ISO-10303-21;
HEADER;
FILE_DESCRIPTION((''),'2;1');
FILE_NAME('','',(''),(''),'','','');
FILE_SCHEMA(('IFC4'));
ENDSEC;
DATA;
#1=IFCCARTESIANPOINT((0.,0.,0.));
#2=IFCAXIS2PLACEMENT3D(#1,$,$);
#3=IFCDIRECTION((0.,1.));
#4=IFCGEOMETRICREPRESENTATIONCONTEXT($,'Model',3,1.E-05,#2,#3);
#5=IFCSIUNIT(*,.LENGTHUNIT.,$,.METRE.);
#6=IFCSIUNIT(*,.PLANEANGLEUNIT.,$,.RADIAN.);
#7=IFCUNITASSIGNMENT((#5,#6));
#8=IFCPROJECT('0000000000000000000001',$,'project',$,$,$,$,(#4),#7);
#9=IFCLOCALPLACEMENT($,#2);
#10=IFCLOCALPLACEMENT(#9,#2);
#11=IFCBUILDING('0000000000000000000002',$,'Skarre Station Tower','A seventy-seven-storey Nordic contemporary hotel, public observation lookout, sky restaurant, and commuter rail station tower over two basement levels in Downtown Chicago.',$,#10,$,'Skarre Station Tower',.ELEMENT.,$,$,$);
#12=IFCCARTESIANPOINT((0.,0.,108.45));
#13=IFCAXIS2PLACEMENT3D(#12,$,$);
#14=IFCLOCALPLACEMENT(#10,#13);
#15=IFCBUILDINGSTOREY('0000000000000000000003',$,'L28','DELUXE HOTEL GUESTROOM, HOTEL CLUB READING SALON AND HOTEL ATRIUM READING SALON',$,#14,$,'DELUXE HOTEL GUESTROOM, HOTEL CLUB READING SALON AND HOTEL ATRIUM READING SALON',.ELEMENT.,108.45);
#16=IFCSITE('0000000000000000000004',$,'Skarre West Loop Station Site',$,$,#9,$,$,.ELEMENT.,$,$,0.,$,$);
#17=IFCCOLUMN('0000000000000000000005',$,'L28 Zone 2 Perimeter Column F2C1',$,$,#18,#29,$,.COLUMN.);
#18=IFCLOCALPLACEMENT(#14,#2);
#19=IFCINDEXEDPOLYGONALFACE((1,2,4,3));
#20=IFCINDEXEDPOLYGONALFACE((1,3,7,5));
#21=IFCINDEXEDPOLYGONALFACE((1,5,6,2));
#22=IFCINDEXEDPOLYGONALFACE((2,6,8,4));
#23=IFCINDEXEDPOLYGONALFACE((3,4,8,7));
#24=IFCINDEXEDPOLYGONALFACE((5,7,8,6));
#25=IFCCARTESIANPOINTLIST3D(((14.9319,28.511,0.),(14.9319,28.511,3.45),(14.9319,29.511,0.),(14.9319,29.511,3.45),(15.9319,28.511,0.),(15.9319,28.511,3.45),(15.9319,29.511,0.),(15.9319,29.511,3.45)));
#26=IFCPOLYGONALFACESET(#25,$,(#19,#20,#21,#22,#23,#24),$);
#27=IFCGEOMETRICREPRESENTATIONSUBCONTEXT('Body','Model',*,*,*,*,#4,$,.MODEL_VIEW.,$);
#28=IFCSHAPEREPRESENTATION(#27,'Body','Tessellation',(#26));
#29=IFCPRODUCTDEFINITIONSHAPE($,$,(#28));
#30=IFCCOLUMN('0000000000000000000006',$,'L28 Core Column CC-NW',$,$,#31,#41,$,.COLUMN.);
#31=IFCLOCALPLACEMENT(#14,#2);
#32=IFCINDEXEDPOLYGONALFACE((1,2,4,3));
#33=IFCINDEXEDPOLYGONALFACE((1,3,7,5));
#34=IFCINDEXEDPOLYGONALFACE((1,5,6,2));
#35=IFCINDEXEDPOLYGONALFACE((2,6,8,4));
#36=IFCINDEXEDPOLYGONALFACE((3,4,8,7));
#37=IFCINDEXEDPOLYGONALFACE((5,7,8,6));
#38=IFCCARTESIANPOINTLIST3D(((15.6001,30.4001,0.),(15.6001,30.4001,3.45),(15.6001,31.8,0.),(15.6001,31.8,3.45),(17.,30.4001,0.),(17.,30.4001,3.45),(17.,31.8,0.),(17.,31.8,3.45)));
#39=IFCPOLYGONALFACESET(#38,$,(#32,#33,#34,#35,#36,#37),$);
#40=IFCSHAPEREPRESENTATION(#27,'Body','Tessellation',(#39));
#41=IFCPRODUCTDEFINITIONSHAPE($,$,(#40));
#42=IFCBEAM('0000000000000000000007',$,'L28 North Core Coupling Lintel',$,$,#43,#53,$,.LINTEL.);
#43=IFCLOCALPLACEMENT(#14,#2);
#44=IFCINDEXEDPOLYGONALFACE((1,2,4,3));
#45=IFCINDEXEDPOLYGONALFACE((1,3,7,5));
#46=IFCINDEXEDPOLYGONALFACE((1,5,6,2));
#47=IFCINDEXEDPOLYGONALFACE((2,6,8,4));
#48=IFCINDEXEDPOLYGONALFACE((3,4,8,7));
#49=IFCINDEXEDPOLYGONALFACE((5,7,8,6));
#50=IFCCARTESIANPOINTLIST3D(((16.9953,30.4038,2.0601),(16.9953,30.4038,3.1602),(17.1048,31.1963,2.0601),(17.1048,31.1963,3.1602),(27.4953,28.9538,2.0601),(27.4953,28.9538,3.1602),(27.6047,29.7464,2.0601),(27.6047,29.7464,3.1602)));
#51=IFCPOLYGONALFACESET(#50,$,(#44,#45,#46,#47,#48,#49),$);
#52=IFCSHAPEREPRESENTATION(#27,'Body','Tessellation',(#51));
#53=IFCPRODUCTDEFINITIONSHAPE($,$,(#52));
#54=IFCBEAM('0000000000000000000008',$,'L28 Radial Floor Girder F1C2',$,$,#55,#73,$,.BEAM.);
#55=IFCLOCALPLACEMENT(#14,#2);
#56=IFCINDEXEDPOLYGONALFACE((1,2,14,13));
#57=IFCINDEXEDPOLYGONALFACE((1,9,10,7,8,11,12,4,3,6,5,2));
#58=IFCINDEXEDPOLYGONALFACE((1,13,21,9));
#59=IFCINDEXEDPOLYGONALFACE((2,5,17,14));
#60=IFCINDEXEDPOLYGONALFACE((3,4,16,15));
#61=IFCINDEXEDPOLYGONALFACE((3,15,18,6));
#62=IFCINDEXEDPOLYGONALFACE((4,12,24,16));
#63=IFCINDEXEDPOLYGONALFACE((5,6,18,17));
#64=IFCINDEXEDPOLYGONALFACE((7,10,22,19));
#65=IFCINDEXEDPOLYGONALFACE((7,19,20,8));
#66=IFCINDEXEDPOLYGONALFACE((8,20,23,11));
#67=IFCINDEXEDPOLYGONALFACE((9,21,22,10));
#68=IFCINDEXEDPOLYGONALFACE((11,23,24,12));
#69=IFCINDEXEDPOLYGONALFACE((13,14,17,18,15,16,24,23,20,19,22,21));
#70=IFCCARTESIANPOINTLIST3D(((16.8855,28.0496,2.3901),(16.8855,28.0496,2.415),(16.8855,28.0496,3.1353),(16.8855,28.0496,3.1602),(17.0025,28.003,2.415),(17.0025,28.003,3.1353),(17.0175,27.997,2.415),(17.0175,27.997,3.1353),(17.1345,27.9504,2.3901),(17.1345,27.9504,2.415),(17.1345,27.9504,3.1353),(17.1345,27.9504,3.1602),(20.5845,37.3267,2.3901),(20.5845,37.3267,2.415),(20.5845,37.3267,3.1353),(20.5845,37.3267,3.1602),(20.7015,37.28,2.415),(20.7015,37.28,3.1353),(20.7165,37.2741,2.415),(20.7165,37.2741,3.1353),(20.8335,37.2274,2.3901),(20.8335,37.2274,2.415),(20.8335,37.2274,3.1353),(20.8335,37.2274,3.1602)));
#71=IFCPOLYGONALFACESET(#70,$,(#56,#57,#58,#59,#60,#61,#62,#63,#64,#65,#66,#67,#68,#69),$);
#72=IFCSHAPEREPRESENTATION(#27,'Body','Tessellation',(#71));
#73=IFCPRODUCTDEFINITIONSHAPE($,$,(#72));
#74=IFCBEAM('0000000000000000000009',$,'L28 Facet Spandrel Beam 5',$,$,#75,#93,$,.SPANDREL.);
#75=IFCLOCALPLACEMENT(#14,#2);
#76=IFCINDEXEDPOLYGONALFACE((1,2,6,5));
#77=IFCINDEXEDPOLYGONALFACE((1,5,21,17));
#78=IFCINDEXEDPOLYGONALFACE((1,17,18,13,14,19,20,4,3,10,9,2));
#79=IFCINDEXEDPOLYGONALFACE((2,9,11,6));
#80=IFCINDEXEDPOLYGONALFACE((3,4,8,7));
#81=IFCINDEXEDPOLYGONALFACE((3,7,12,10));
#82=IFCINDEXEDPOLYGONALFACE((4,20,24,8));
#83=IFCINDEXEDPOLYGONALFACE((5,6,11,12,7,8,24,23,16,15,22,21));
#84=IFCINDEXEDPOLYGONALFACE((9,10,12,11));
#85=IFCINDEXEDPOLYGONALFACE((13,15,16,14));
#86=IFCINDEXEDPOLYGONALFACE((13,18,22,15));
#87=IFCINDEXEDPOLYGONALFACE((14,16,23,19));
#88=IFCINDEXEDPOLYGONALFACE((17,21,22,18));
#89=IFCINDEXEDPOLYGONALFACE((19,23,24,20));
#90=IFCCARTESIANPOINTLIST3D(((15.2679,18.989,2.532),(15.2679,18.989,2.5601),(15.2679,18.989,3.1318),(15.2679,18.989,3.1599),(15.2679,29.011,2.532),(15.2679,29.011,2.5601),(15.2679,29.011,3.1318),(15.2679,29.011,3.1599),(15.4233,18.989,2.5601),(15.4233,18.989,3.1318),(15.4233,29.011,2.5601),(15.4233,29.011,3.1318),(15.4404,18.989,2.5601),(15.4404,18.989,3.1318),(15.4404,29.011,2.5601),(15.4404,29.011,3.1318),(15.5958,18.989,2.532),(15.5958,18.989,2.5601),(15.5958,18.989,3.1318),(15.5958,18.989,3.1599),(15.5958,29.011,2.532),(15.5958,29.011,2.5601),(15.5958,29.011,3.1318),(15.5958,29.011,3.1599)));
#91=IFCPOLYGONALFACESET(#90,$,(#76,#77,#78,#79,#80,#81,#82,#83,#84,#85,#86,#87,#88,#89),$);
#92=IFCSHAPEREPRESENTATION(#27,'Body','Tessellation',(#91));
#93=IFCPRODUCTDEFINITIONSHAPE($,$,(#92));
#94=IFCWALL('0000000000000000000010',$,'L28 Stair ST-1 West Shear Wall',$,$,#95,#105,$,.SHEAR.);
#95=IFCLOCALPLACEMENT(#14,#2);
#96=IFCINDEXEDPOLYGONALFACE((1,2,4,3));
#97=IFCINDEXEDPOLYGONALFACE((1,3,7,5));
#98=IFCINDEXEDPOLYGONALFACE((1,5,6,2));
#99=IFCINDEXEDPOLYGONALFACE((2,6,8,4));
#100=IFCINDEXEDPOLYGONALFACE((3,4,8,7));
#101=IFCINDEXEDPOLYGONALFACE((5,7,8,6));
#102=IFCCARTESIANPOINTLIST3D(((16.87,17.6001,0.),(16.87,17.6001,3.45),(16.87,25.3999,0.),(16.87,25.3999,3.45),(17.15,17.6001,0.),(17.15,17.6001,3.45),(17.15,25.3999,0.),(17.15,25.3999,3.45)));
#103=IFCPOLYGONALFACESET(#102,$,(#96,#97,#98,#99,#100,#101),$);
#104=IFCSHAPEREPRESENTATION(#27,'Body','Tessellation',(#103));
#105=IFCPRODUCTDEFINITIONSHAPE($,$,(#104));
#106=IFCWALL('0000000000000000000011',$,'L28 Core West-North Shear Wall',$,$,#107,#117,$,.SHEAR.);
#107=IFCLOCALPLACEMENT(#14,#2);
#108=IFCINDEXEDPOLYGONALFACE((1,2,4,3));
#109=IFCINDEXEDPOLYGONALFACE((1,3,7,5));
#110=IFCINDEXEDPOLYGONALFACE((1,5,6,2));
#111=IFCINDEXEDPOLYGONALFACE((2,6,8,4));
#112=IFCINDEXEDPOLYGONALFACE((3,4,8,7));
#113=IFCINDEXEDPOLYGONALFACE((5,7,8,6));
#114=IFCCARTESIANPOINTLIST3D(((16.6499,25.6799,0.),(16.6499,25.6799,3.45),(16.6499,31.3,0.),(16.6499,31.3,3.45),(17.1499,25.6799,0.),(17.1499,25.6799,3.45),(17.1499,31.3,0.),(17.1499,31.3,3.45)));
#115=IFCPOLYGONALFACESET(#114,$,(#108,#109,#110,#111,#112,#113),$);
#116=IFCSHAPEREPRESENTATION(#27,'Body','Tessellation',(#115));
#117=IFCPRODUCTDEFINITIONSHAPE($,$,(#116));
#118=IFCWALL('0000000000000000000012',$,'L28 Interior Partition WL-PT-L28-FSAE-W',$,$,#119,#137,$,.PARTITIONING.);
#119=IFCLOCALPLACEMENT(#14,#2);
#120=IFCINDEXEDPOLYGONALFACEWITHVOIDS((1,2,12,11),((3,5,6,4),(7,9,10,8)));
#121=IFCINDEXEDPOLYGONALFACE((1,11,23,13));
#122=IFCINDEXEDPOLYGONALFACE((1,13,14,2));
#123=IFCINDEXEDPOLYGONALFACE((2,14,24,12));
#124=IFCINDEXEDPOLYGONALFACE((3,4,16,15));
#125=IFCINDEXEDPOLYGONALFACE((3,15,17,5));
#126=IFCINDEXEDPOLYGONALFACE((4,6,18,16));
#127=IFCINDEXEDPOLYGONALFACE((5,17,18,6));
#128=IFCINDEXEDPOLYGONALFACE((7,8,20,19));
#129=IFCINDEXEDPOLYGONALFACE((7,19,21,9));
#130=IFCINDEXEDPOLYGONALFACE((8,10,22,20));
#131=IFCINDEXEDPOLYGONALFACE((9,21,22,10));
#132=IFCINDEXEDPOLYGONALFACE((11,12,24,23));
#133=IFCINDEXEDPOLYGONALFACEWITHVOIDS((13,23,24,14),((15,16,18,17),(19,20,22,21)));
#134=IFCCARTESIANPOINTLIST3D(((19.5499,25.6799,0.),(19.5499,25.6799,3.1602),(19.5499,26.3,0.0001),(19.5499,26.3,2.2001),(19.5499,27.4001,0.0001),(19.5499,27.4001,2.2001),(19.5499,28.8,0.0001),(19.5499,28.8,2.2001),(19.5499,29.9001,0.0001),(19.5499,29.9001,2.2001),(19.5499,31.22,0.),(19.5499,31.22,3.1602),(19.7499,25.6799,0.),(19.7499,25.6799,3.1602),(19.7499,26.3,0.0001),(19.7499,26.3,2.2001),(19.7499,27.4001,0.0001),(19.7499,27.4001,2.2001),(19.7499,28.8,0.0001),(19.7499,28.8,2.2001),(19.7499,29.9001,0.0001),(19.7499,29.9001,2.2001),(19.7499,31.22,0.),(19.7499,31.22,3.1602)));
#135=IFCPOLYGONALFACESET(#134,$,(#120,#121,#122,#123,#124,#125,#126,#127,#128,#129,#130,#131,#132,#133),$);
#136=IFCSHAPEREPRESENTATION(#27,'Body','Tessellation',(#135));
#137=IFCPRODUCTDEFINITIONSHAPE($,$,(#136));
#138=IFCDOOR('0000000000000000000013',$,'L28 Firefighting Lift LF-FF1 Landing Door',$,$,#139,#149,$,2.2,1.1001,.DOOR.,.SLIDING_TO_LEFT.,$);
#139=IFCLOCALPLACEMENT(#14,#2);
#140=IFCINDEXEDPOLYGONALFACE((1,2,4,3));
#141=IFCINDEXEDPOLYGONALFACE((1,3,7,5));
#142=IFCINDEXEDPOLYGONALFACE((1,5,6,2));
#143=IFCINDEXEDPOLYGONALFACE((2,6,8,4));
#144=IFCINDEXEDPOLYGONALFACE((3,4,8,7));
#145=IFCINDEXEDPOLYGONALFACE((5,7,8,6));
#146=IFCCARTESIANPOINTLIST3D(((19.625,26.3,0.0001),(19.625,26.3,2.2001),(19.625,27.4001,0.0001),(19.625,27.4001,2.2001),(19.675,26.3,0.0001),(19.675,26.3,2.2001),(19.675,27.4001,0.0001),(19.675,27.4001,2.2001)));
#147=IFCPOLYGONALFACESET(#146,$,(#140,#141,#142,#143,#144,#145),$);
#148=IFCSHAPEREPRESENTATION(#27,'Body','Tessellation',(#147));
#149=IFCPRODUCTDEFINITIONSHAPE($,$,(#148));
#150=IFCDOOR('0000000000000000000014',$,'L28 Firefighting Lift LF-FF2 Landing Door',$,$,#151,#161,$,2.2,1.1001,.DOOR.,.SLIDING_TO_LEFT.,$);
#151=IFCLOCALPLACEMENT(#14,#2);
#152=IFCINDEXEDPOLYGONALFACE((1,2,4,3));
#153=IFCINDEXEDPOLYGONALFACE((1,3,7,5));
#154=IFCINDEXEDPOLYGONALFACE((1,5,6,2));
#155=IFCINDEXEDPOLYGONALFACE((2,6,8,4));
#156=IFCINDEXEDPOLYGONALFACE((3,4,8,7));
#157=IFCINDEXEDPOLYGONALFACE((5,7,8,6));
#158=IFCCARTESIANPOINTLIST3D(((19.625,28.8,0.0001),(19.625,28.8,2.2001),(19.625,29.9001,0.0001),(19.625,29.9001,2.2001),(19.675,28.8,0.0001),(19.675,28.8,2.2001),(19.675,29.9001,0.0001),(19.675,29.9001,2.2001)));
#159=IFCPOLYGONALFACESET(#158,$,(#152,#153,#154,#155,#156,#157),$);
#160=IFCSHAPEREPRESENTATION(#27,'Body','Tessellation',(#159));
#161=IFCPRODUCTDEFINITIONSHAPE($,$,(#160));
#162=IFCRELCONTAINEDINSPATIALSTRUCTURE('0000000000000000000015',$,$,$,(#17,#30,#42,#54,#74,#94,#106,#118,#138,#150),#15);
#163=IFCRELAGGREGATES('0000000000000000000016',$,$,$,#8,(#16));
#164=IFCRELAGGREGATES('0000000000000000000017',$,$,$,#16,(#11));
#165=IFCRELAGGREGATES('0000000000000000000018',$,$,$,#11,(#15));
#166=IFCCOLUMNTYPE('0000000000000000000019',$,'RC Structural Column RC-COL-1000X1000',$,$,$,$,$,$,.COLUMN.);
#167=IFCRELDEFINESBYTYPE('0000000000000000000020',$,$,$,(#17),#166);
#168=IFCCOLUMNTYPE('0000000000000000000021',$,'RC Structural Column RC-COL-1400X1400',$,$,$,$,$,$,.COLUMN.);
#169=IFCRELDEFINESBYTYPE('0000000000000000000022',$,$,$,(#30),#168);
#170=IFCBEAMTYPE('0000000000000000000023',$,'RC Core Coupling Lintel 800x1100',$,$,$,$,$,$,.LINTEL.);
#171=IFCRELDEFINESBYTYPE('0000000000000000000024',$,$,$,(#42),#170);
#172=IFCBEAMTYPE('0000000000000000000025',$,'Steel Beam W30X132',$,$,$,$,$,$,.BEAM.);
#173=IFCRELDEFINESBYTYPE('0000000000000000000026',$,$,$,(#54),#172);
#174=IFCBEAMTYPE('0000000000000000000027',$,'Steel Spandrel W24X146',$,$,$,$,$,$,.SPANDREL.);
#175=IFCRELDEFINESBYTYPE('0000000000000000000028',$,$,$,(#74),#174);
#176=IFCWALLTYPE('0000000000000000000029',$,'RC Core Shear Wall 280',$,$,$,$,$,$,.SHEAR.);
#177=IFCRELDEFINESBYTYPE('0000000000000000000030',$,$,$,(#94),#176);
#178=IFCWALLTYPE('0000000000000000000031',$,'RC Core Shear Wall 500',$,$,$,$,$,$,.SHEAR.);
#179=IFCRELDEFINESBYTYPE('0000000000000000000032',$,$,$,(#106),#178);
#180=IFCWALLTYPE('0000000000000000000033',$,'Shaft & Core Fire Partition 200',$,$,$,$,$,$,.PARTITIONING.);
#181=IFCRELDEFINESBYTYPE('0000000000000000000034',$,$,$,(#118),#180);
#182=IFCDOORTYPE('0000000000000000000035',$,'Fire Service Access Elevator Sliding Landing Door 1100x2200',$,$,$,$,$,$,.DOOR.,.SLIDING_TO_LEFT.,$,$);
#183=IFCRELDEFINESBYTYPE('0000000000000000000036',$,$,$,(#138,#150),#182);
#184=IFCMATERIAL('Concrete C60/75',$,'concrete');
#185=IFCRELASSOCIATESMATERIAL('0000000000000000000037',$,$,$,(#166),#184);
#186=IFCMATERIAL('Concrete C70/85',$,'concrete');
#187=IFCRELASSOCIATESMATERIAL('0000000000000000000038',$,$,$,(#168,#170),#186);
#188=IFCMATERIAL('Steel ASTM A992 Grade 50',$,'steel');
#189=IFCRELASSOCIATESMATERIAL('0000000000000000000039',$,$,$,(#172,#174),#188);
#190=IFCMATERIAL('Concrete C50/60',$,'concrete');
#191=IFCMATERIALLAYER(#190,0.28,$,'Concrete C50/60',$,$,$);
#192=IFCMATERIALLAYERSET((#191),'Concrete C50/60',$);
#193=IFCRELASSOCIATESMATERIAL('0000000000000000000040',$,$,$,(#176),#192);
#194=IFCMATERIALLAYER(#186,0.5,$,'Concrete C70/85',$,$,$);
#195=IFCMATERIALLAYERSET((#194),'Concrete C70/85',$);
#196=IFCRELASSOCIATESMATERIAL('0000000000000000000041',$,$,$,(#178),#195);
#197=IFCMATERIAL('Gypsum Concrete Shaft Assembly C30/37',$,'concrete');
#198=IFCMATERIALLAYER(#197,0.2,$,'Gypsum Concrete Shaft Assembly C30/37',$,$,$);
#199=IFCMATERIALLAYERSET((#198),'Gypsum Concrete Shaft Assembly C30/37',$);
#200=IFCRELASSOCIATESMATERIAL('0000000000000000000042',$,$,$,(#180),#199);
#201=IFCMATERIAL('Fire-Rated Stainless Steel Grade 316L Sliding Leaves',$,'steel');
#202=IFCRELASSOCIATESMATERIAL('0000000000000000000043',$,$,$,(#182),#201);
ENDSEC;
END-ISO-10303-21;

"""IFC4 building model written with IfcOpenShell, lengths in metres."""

from ifc_helpers import new_model, si_unit, direction, frame, frame_2d, origin, origin_2d, place, context, subcontext, project, spatial, rectangle, i_section, extrude, material, layer, layer_set, material_profile, profile_set, type_object, element, fill, save


model = new_model("IFC4")

# Units and contexts
model_context = context("Model", 3, precision=1e-05, world=origin(), true_north=direction((0.0, 1.0)))
body_context = subcontext(model_context, "Body", "Model", "MODEL_VIEW")
ifc_project = project(units=[si_unit("LENGTHUNIT", "METRE"), si_unit("PLANEANGLEUNIT", "RADIAN")], contexts=[model_context])

# Site, building, storey
site_placement = place(None, origin())
site = spatial("IfcSite", under=ifc_project, at=site_placement, Name="Skarre West Loop Station Site", CompositionType="ELEMENT", RefElevation=0.0)
building_placement = place(site_placement, origin())
building = spatial("IfcBuilding", under=site, at=building_placement, Name="Skarre Station Tower", Description="A seventy-seven-storey Nordic contemporary hotel, public observation lookout, sky restaurant, and commuter rail station tower over two basement levels in Downtown Chicago.", LongName="Skarre Station Tower", CompositionType="ELEMENT")
storey_placement = place(building_placement, frame((0.0, 0.0, 108.45)))
storey = spatial("IfcBuildingStorey", under=building, at=storey_placement, Name="L28", Description="DELUXE HOTEL GUESTROOM, HOTEL CLUB READING SALON AND HOTEL ATRIUM READING SALON", LongName="DELUXE HOTEL GUESTROOM, HOTEL CLUB READING SALON AND HOTEL ATRIUM READING SALON", CompositionType="ELEMENT", Elevation=108.45)

# Columns
ifc_material_1 = material(Name="Concrete C60/75", Category="concrete")
ifc_material_profile_1 = material_profile(ifc_material_1, rectangle(XDim=1.0, YDim=1.0, at=origin_2d()), Name="Concrete C60/75")
ifc_profile_set_1 = profile_set([ifc_material_profile_1], Name="Concrete C60/75")
column_type_1 = type_object("IfcColumnType", Name="RC Structural Column RC-COL-1000X1000", PredefinedType="COLUMN", material=ifc_profile_set_1)
column_1_placement = place(storey_placement, frame((15.4319, 29.011, 0.0), z_axis=(0.0, 0.0, 1.0), x_axis=(1.0, 0.0, 0.0)))
element("IfcColumn", 1, at=column_1_placement, inside=storey, type_object=column_type_1, Name="L28 Zone 2 Perimeter Column F2C1", PredefinedType="COLUMN", context=body_context, shape_type="SweptSolid", body=[
    extrude(rectangle(XDim=1.0, YDim=1.0, at=origin_2d()), origin(), (0.0, 0.0, 1.0), 3.45),
])
ifc_material_2 = material(Name="Concrete C70/85", Category="concrete")
ifc_material_profile_2 = material_profile(ifc_material_2, rectangle(XDim=1.3999, YDim=1.3999, at=origin_2d()), Name="Concrete C70/85")
ifc_profile_set_2 = profile_set([ifc_material_profile_2], Name="Concrete C70/85")
column_type_2 = type_object("IfcColumnType", Name="RC Structural Column RC-COL-1400X1400", PredefinedType="COLUMN", material=ifc_profile_set_2)
column_2_placement = place(storey_placement, frame((16.3, 31.1001, 0.0), z_axis=(0.0, 0.0, 1.0), x_axis=(1.0, 0.0, 0.0)))
element("IfcColumn", 2, at=column_2_placement, inside=storey, type_object=column_type_2, Name="L28 Core Column CC-NW", PredefinedType="COLUMN", context=body_context, shape_type="SweptSolid", body=[
    extrude(rectangle(XDim=1.3999, YDim=1.3999, at=origin_2d()), origin(), (0.0, 0.0, 1.0), 3.45),
])

# Beams
ifc_material_profile_3 = material_profile(ifc_material_2, rectangle(XDim=0.8, YDim=1.1001, at=origin_2d()), Name="Concrete C70/85")
ifc_profile_set_3 = profile_set([ifc_material_profile_3], Name="Concrete C70/85")
beam_type_1 = type_object("IfcBeamType", Name="RC Core Coupling Lintel 800x1100", PredefinedType="LINTEL", material=ifc_profile_set_3)
beam_1_placement = place(storey_placement, frame((17.05, 30.8, 2.6101), z_axis=(0.9906, -0.136792, 0.0), x_axis=(0.136792, 0.9906, 0.0)))
element("IfcBeam", 3, at=beam_1_placement, inside=storey, type_object=beam_type_1, Name="L28 North Core Coupling Lintel", PredefinedType="LINTEL", context=body_context, shape_type="SweptSolid", body=[
    extrude(rectangle(XDim=0.8, YDim=1.1001, at=origin_2d()), origin(), (0.0, 0.0, 1.0), 10.5996),
])
ifc_material_3 = material(Name="Steel ASTM A992 Grade 50", Category="steel")
ifc_material_profile_4 = material_profile(ifc_material_3, i_section(OverallWidth=0.2681, OverallDepth=0.77, WebThickness=0.0161, FlangeThickness=0.0249, at=origin_2d()), Name="Steel ASTM A992 Grade 50")
ifc_profile_set_4 = profile_set([ifc_material_profile_4], Name="Steel ASTM A992 Grade 50")
beam_type_2 = type_object("IfcBeamType", Name="Steel Beam W30X132", PredefinedType="BEAM", material=ifc_profile_set_4)
beam_2_placement = place(storey_placement, frame((17.01, 28.0, 2.7751), z_axis=(0.370366, 0.928886, 0.0), x_axis=(-0.928886, 0.370366, 0.0)))
element("IfcBeam", 4, at=beam_2_placement, inside=storey, type_object=beam_type_2, Name="L28 Radial Floor Girder F1C2", PredefinedType="BEAM", context=body_context, shape_type="SweptSolid", body=[
    extrude(i_section(OverallWidth=0.2681, OverallDepth=0.77, WebThickness=0.0161, FlangeThickness=0.0249, at=origin_2d()), origin(), (0.0, 0.0, 1.0), 9.9873),
])
ifc_material_profile_5 = material_profile(ifc_material_3, i_section(OverallWidth=0.3279, OverallDepth=0.6279, WebThickness=0.0171, FlangeThickness=0.0281, at=origin_2d()), Name="Steel ASTM A992 Grade 50")
ifc_profile_set_5 = profile_set([ifc_material_profile_5], Name="Steel ASTM A992 Grade 50")
beam_type_3 = type_object("IfcBeamType", Name="Steel Spandrel W24X146", PredefinedType="SPANDREL", material=ifc_profile_set_5)
beam_3_placement = place(storey_placement, frame((15.4319, 29.011, 2.8459), z_axis=(0.0, -1.0, 0.0), x_axis=(1.0, 0.0, 0.0)))
element("IfcBeam", 5, at=beam_3_placement, inside=storey, type_object=beam_type_3, Name="L28 Facet Spandrel Beam 5", PredefinedType="SPANDREL", context=body_context, shape_type="SweptSolid", body=[
    extrude(i_section(OverallWidth=0.3279, OverallDepth=0.6279, WebThickness=0.0171, FlangeThickness=0.0281, at=origin_2d()), origin(), (0.0, 0.0, 1.0), 10.022),
])

# Walls
ifc_material_4 = material(Name="Concrete C50/60", Category="concrete")
ifc_layer_1 = layer(ifc_material_4, 0.28, Name="Concrete C50/60")
ifc_layer_set_1 = layer_set([ifc_layer_1], Name="Concrete C50/60")
wall_type_1 = type_object("IfcWallType", Name="RC Core Shear Wall 280", PredefinedType="SHEAR", material=ifc_layer_set_1)
wall_1_placement = place(storey_placement, frame((17.01, 25.3999, 0.0), z_axis=(0.0, 0.0, 1.0), x_axis=(0.0, -1.0, 0.0)))
element("IfcWall", 6, at=wall_1_placement, inside=storey, type_object=wall_type_1, Name="L28 Stair ST-1 West Shear Wall", PredefinedType="SHEAR", context=body_context, shape_type="SweptSolid", body=[
    extrude(rectangle(XDim=7.7998, YDim=0.28, at=frame_2d((3.8999, 0.0))), origin(), (0.0, 0.0, 1.0), 3.45),
])
ifc_layer_2 = layer(ifc_material_2, 0.5, Name="Concrete C70/85")
ifc_layer_set_2 = layer_set([ifc_layer_2], Name="Concrete C70/85")
wall_type_2 = type_object("IfcWallType", Name="RC Core Shear Wall 500", PredefinedType="SHEAR", material=ifc_layer_set_2)
wall_2_placement = place(storey_placement, frame((16.8999, 25.6799, 0.0), z_axis=(0.0, 0.0, 1.0), x_axis=(0.0, 1.0, 0.0)))
element("IfcWall", 7, at=wall_2_placement, inside=storey, type_object=wall_type_2, Name="L28 Core West-North Shear Wall", PredefinedType="SHEAR", context=body_context, shape_type="SweptSolid", body=[
    extrude(rectangle(XDim=5.6201, YDim=0.5, at=frame_2d((2.8101, 0.0))), origin(), (0.0, 0.0, 1.0), 3.45),
])

# Wall, openings, doors
ifc_material_5 = material(Name="Gypsum Concrete Shaft Assembly C30/37", Category="concrete")
ifc_layer_3 = layer(ifc_material_5, 0.2, Name="Gypsum Concrete Shaft Assembly C30/37")
ifc_layer_set_3 = layer_set([ifc_layer_3], Name="Gypsum Concrete Shaft Assembly C30/37")
wall_type_3 = type_object("IfcWallType", Name="Shaft & Core Fire Partition 200", PredefinedType="PARTITIONING", material=ifc_layer_set_3)
wall_3_placement = place(storey_placement, frame((19.6499, 25.6799, 0.0), z_axis=(0.0, 0.0, 1.0), x_axis=(0.0, 1.0, 0.0)))
wall_3 = element("IfcWall", 8, at=wall_3_placement, inside=storey, type_object=wall_type_3, Name="L28 Interior Partition WL-PT-L28-FSAE-W", PredefinedType="PARTITIONING", context=body_context, shape_type="SweptSolid", body=[
    extrude(rectangle(XDim=5.54, YDim=0.2, at=frame_2d((2.77, 0.0))), origin(), (0.0, 0.0, 1.0), 3.1602),
])
opening_1_placement = place(wall_3_placement, frame((0.6201, 0.0, 0.0)))
opening_1 = element("IfcOpeningElement", 9, at=opening_1_placement, cuts=wall_3, PredefinedType="OPENING", context=body_context, shape_type="SweptSolid", body=[
    extrude(rectangle(XDim=1.1001, YDim=2.2, at=frame_2d((0.55, 1.1001))), frame((0.0, 0.1099, 0.0), z_axis=(0.0, -1.0, 0.0), x_axis=(1.0, 0.0, 0.0)), (0.0, 0.0, 1.0), 0.22),
])
opening_2_placement = place(wall_3_placement, frame((3.1201, 0.0, 0.0)))
opening_2 = element("IfcOpeningElement", 10, at=opening_2_placement, cuts=wall_3, PredefinedType="OPENING", context=body_context, shape_type="SweptSolid", body=[
    extrude(rectangle(XDim=1.1001, YDim=2.2, at=frame_2d((0.55, 1.1001))), frame((0.0, 0.1099, 0.0), z_axis=(0.0, -1.0, 0.0), x_axis=(1.0, 0.0, 0.0)), (0.0, 0.0, 1.0), 0.22),
])
ifc_material_6 = material(Name="Fire-Rated Stainless Steel Grade 316L Sliding Leaves", Category="steel")
door_type = type_object("IfcDoorType", Name="Fire Service Access Elevator Sliding Landing Door 1100x2200", OperationType="SLIDING_TO_LEFT", PredefinedType="DOOR", material=ifc_material_6)
door_1_placement = place(opening_1_placement, origin())
door_1 = element("IfcDoor", 11, at=door_1_placement, inside=storey, type_object=door_type, Name="L28 Firefighting Lift LF-FF1 Landing Door", OperationType="SLIDING_TO_LEFT", OverallHeight=2.2, OverallWidth=1.1001, PredefinedType="DOOR", context=body_context, shape_type="SweptSolid", body=[
    extrude(rectangle(XDim=1.1001, YDim=2.2, at=frame_2d((0.55, 1.1001))), frame((0.0, 0.0249, 0.0), z_axis=(0.0, -1.0, 0.0), x_axis=(1.0, 0.0, 0.0)), (0.0, 0.0, 1.0), 0.05),
])
fill(opening_1, door_1)
door_2_placement = place(opening_2_placement, origin())
door_2 = element("IfcDoor", 12, at=door_2_placement, inside=storey, type_object=door_type, Name="L28 Firefighting Lift LF-FF2 Landing Door", OperationType="SLIDING_TO_LEFT", OverallHeight=2.2, OverallWidth=1.1001, PredefinedType="DOOR", context=body_context, shape_type="SweptSolid", body=[
    extrude(rectangle(XDim=1.1001, YDim=2.2, at=frame_2d((0.55, 1.1001))), frame((0.0, 0.0249, 0.0), z_axis=(0.0, -1.0, 0.0), x_axis=(1.0, 0.0, 0.0)), (0.0, 0.0, 1.0), 0.05),
])
fill(opening_2, door_2)

save(model, "model.ifc")
